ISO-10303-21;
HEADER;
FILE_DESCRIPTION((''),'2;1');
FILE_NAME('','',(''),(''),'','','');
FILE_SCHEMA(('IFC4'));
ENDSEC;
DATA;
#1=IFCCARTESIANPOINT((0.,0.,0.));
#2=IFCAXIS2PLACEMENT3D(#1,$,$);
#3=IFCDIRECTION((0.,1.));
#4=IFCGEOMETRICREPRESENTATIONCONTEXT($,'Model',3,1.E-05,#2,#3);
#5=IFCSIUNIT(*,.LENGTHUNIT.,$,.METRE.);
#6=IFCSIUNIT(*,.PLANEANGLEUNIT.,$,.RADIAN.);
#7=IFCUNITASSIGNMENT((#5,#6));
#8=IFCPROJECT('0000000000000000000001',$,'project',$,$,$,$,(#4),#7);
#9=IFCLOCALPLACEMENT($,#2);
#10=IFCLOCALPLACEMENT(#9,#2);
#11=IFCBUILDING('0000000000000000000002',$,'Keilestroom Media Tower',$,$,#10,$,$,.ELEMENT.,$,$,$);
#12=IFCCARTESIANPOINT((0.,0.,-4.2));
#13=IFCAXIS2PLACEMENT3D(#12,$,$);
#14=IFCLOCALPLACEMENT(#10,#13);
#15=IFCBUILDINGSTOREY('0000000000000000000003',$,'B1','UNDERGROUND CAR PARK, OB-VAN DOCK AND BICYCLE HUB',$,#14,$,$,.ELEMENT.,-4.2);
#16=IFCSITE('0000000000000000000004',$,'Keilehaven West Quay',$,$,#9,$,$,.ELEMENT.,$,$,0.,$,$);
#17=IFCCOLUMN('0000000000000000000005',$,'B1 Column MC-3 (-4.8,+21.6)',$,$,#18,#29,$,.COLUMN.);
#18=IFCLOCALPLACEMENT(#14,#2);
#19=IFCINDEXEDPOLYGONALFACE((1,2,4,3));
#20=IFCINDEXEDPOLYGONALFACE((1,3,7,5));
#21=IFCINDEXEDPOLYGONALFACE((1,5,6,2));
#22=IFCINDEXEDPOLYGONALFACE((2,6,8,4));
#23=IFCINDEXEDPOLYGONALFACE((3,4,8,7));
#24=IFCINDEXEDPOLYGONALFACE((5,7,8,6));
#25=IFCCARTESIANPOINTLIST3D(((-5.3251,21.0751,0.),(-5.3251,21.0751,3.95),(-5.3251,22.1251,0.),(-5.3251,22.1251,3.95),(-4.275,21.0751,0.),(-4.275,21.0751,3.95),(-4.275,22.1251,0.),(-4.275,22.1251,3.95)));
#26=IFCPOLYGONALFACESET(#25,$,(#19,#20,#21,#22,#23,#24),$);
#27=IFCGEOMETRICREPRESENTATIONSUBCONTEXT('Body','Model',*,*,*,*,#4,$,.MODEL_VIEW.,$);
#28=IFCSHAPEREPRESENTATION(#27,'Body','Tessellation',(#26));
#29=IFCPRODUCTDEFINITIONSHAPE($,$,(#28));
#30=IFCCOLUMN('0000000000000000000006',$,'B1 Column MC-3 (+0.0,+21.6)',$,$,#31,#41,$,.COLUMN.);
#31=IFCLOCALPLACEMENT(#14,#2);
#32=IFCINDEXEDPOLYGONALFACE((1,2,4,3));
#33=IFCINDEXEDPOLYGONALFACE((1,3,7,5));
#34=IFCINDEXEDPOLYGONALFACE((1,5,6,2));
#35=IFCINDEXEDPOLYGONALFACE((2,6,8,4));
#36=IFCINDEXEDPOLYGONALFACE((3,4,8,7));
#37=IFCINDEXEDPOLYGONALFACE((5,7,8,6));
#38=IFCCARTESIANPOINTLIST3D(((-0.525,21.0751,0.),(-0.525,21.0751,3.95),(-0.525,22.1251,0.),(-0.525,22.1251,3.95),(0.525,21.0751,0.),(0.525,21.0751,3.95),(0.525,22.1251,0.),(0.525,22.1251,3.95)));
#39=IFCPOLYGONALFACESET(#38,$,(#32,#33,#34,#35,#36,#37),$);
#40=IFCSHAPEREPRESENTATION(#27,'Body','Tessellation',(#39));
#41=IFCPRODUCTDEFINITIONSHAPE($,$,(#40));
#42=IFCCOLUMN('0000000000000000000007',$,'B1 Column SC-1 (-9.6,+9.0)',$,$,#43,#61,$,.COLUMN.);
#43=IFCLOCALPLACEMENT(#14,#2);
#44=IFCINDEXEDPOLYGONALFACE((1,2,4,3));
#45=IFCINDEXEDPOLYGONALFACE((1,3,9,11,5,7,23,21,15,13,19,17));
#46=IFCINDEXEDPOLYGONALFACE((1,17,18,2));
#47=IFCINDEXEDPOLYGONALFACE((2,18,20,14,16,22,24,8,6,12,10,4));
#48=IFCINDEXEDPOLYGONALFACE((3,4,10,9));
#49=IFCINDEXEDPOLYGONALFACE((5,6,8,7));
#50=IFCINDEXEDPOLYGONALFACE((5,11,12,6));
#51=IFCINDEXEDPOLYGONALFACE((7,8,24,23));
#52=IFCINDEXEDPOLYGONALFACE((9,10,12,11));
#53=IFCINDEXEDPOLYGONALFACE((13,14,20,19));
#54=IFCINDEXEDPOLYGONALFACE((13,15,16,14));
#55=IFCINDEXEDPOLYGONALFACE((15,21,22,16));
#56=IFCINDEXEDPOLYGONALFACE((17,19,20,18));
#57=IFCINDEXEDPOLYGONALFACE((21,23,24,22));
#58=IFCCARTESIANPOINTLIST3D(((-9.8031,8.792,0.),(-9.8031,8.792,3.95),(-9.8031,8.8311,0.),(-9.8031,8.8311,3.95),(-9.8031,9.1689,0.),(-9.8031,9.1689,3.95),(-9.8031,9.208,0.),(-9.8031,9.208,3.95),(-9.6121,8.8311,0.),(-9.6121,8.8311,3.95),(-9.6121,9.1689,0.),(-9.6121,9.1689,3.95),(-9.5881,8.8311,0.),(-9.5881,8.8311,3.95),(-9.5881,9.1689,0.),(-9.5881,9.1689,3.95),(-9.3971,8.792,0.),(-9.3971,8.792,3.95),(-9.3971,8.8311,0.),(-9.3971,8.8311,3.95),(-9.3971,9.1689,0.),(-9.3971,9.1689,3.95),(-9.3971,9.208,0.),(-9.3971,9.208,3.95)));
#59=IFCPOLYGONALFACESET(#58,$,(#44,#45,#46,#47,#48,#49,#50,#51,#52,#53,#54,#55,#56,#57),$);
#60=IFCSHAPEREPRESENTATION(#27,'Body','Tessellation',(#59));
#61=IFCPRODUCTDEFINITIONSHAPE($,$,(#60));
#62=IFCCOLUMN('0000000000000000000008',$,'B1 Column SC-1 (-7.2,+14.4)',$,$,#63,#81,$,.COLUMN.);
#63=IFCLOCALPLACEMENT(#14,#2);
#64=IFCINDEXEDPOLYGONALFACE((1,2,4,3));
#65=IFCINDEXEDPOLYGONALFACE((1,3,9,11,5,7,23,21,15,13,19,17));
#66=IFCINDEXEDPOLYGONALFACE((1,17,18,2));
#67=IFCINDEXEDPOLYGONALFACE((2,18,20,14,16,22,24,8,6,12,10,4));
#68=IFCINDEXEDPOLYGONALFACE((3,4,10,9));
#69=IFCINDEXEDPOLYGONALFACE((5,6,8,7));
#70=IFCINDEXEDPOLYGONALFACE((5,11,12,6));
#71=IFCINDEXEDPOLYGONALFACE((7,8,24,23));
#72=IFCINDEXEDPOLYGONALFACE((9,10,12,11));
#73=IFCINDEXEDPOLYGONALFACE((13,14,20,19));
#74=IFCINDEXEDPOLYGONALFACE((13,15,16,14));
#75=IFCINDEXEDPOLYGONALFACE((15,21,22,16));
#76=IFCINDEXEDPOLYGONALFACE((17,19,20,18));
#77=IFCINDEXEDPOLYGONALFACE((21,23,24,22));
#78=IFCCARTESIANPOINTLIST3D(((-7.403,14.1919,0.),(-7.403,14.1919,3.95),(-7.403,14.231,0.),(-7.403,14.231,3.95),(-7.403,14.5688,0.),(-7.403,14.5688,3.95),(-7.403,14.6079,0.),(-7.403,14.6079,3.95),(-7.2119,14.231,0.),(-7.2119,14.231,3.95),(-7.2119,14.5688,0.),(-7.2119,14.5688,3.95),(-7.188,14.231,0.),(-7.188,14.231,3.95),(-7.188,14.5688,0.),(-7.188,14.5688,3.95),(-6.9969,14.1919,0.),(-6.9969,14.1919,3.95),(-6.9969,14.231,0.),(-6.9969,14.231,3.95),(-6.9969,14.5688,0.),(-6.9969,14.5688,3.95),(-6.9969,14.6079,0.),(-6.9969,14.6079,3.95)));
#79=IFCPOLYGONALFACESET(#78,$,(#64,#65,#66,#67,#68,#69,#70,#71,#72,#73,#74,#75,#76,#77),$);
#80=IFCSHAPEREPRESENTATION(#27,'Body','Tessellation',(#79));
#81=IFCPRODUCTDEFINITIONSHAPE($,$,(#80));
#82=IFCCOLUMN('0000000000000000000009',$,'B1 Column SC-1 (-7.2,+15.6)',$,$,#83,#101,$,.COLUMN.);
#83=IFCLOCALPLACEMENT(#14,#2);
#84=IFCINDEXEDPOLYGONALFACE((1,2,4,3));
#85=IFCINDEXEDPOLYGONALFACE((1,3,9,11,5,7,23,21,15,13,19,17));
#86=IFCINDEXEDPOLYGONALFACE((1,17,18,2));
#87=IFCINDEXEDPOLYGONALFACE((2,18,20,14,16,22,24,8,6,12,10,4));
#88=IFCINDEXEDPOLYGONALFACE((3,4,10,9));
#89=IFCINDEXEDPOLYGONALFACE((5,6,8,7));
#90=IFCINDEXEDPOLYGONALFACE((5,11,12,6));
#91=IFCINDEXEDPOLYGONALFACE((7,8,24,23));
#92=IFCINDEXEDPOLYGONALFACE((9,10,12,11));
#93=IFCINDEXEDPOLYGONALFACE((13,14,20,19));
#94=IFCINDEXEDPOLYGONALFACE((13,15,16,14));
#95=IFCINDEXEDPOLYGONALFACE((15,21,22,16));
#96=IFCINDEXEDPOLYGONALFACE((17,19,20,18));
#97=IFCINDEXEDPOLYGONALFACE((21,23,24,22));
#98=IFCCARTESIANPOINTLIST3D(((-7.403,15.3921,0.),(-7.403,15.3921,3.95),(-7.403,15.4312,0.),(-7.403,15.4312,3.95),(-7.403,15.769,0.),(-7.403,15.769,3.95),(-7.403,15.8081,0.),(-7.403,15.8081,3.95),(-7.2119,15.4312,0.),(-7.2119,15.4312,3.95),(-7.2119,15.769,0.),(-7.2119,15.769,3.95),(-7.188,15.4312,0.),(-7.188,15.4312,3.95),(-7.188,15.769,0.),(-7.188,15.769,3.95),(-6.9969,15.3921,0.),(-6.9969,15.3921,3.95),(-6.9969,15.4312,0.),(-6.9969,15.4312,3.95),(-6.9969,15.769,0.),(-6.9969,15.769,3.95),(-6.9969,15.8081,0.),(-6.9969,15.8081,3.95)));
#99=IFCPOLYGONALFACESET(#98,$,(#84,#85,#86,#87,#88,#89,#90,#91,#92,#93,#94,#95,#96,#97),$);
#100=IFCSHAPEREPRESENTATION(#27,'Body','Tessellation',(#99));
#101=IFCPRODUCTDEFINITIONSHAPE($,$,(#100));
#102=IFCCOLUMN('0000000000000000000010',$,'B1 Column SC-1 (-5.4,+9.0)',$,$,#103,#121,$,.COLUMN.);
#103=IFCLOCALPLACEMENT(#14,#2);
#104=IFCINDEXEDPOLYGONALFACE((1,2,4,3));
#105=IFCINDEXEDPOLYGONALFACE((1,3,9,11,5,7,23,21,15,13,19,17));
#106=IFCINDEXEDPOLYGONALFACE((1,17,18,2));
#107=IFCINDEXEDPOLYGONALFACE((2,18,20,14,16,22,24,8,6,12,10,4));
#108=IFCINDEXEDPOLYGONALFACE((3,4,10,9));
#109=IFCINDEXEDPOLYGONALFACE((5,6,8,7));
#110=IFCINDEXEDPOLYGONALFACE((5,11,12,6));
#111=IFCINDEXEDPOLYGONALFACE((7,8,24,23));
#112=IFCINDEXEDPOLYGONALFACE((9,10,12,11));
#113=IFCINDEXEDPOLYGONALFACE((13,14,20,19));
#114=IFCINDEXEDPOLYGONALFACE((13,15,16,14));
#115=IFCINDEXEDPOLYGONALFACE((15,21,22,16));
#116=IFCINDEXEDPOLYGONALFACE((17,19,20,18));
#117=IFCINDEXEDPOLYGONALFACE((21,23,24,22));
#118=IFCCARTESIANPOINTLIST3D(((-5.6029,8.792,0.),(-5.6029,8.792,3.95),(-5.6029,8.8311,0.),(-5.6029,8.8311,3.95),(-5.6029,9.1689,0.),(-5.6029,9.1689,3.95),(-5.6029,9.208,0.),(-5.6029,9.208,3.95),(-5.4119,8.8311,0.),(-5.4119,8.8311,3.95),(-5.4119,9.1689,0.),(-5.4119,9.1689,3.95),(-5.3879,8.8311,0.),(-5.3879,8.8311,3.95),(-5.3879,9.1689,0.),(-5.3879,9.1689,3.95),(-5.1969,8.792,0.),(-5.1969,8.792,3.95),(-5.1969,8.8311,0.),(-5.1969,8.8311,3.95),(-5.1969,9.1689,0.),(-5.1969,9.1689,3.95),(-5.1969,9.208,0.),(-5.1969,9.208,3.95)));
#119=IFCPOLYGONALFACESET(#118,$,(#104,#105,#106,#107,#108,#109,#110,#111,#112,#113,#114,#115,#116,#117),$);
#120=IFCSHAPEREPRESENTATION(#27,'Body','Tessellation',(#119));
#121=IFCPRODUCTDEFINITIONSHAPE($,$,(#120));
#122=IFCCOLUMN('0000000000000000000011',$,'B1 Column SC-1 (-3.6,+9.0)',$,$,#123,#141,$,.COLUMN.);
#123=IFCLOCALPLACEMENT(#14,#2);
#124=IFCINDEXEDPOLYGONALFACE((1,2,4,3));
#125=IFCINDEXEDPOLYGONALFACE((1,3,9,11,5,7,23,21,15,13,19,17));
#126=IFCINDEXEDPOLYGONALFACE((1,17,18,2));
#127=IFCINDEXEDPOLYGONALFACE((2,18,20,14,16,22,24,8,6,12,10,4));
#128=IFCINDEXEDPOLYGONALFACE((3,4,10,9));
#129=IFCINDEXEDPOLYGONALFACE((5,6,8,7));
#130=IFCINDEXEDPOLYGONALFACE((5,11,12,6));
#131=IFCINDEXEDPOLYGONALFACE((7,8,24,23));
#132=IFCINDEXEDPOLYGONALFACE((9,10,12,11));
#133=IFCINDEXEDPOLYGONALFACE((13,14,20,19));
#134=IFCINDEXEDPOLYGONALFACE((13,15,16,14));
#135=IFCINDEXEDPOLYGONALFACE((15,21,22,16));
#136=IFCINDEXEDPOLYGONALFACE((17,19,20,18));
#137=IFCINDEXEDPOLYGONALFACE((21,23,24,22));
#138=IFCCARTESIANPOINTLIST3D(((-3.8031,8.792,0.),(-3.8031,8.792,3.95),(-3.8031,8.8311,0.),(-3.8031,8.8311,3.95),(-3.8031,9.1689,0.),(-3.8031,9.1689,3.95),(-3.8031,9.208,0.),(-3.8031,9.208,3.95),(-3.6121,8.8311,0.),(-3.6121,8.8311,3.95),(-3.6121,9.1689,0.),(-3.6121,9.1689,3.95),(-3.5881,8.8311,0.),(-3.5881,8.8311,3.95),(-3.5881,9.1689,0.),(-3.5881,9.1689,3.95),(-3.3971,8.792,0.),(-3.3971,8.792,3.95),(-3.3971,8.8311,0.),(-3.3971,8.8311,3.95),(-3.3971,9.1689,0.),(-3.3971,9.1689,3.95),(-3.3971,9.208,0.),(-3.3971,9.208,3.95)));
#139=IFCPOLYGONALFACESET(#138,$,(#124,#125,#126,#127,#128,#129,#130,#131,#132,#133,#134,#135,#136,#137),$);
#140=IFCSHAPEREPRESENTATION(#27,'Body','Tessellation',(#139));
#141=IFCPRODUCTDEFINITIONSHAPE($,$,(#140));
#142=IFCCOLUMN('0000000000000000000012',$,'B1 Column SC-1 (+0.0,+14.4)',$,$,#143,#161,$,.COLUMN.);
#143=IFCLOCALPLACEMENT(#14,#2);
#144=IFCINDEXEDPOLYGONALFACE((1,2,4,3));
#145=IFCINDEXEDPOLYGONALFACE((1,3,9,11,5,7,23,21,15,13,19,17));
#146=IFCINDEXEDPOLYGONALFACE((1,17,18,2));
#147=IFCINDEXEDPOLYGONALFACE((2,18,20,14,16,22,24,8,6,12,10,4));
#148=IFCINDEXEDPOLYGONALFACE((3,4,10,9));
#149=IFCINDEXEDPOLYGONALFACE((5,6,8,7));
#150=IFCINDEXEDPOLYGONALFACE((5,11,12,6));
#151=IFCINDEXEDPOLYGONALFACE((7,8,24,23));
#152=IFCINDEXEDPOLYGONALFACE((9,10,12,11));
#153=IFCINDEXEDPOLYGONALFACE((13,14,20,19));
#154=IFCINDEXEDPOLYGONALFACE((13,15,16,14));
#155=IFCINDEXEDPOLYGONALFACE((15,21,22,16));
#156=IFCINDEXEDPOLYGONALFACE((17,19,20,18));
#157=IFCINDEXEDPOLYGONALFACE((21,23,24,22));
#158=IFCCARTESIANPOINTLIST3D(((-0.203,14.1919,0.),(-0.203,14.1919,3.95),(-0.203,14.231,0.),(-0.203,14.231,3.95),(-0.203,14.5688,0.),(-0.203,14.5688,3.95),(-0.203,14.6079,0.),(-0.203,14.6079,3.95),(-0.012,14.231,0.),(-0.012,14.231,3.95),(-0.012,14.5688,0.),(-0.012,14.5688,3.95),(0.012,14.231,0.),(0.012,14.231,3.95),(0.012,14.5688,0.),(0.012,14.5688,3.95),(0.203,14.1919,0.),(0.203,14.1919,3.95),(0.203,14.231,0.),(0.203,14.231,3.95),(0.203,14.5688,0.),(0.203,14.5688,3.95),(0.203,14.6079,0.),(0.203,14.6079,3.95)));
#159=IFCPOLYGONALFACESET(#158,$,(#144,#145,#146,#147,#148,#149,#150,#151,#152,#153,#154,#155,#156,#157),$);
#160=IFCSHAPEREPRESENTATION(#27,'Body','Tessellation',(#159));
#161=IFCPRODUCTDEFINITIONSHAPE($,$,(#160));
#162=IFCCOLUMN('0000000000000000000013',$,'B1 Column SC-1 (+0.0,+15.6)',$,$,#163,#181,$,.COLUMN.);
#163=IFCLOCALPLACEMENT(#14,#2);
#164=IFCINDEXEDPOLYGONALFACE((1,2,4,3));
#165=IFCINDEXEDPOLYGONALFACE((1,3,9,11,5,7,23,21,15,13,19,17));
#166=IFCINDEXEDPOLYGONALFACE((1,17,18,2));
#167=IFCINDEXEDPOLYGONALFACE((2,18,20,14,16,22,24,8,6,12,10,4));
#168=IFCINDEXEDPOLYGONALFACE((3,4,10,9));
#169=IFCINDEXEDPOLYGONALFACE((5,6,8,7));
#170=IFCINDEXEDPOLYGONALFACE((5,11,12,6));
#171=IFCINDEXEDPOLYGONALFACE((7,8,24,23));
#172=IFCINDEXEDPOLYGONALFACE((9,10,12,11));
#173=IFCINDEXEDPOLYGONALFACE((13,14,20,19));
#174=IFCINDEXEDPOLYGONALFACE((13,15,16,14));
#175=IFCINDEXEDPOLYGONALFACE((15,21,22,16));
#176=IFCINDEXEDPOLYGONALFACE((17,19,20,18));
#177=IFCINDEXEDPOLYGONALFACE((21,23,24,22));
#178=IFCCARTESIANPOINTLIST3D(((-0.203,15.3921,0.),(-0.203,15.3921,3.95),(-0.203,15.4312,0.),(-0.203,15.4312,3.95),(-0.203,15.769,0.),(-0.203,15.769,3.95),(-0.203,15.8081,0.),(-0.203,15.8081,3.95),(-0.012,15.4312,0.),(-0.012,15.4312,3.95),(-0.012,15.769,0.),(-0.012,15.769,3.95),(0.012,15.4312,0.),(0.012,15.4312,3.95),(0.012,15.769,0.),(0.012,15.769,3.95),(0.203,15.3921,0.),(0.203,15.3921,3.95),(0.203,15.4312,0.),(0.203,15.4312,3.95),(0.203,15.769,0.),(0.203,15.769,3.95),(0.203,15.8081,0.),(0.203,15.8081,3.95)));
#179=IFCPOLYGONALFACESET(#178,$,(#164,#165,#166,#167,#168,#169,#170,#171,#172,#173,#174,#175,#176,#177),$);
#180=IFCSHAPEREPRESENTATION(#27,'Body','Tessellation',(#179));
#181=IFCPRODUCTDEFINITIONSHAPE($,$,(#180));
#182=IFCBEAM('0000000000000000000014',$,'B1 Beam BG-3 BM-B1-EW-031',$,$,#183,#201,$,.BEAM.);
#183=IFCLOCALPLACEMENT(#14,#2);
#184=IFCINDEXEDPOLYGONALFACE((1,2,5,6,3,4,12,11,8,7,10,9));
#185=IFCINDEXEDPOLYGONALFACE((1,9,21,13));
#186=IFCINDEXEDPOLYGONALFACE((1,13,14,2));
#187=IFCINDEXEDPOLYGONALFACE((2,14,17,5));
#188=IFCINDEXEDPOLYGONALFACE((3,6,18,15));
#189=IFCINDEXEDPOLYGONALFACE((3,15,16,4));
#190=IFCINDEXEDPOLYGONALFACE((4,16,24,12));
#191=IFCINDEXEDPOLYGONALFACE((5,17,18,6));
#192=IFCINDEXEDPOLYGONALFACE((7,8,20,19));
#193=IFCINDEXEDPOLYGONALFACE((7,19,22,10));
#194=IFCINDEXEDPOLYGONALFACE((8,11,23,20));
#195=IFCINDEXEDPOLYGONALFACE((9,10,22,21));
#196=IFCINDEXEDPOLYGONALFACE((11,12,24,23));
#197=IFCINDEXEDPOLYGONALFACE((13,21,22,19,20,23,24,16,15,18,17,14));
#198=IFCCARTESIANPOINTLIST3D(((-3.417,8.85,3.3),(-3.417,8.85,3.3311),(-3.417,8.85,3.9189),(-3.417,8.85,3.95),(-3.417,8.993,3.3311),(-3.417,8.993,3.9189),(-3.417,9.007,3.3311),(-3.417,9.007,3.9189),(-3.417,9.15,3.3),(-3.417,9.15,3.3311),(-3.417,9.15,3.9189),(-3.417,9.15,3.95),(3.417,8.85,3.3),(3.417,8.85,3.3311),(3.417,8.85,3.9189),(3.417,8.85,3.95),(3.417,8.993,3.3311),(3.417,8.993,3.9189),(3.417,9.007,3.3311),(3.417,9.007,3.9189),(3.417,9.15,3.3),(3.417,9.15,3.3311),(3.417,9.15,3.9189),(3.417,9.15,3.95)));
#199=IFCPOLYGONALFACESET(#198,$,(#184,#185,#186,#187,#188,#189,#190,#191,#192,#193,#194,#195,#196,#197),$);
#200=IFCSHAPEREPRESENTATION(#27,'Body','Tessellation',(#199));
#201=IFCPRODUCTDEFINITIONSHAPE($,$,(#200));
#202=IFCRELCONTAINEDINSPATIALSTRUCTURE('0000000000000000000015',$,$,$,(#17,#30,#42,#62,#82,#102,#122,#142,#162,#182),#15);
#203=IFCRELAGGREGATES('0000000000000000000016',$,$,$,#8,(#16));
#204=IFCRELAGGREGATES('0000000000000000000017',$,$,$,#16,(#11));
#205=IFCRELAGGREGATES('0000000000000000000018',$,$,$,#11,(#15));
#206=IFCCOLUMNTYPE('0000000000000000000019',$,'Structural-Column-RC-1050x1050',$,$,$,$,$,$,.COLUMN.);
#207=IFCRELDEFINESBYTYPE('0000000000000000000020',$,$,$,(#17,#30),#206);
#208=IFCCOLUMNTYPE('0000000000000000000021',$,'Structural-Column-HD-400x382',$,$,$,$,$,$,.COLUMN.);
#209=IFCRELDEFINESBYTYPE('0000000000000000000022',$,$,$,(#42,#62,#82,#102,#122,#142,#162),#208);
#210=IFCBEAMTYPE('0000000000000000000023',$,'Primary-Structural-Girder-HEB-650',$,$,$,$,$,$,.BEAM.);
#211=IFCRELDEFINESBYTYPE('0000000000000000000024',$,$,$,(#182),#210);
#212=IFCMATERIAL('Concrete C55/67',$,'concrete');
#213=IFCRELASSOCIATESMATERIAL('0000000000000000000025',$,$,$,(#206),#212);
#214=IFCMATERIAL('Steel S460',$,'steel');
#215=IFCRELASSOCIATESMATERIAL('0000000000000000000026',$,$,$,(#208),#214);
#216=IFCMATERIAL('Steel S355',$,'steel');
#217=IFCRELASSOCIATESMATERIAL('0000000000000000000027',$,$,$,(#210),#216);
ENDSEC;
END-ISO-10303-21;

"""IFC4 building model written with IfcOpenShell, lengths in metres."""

from ifc_helpers import new_model, si_unit, direction, frame, origin, origin_2d, place, context, subcontext, project, spatial, rectangle, i_section, extrude, source, transform, mapped, material, material_profile, profile_set, type_object, element, save


model = new_model("IFC4")

# Units and contexts
model_context = context("Model", 3, precision=1e-05, world=origin(), true_north=direction((0.0, 1.0)))
body_context = subcontext(model_context, "Body", "Model", "MODEL_VIEW")
ifc_project = project(units=[si_unit("LENGTHUNIT", "METRE"), si_unit("PLANEANGLEUNIT", "RADIAN")], contexts=[model_context])

# Site, building, storey
site_placement = place(None, origin())
site = spatial("IfcSite", under=ifc_project, at=site_placement, Name="Keilehaven West Quay", CompositionType="ELEMENT", RefElevation=0.0)
building_placement = place(site_placement, origin())
building = spatial("IfcBuilding", under=site, at=building_placement, Name="Keilestroom Media Tower", CompositionType="ELEMENT")
storey_placement = place(building_placement, frame((0.0, 0.0, -4.2)))
storey = spatial("IfcBuildingStorey", under=building, at=storey_placement, Name="B1", Description="UNDERGROUND CAR PARK, OB-VAN DOCK AND BICYCLE HUB", CompositionType="ELEMENT", Elevation=-4.2)

# Columns
ifc_material_1 = material(Name="Concrete C55/67", Category="concrete")
ifc_material_profile_1 = material_profile(ifc_material_1, rectangle(XDim=1.05, YDim=1.05, at=origin_2d()), Name="RC 1050x1050")
ifc_profile_set_1 = profile_set([ifc_material_profile_1], Name="Concrete C55/67")
column_type_1 = type_object("IfcColumnType", Name="Structural-Column-RC-1050x1050", PredefinedType="COLUMN", material=ifc_profile_set_1)
shared_shape_1 = source(origin(), body_context, "Body", "SweptSolid", [
    extrude(rectangle(XDim=1.05, YDim=1.05, at=origin_2d()), origin(), (0.0, 0.0, 1.0), 3.95),
])
for number, where, z_axis, x_axis, name in (
    (1, (-4.8, 21.6001, 0.0), (0.0, 0.0, 1.0), (1.0, 0.0, 0.0), "B1 Column MC-3 (-4.8,+21.6)"),
    (2, (0.0, 21.6001, 0.0), (0.0, 0.0, 1.0), (1.0, 0.0, 0.0), "B1 Column MC-3 (+0.0,+21.6)"),
):
    element("IfcColumn", number, at=place(storey_placement, frame(where, z_axis=z_axis, x_axis=x_axis)), inside=storey, type_object=column_type_1, Name=name, PredefinedType="COLUMN", context=body_context, shape_type="MappedRepresentation", body=[
        mapped(shared_shape_1, transform((0.0, 0.0, 0.0), x_axis=(1.0, 0.0, 0.0), y_axis=(0.0, 1.0, 0.0), z_axis=(0.0, 0.0, 1.0), scale=1.0)),
    ])
ifc_material_2 = material(Name="Steel S460", Category="steel")
ifc_material_profile_2 = material_profile(ifc_material_2, i_section(OverallWidth=0.406, OverallDepth=0.416, WebThickness=0.0239, FlangeThickness=0.0391, at=origin_2d()), Name="HD 400x382")
ifc_profile_set_2 = profile_set([ifc_material_profile_2], Name="Steel S460")
column_type_2 = type_object("IfcColumnType", Name="Structural-Column-HD-400x382", PredefinedType="COLUMN", material=ifc_profile_set_2)
shared_shape_2 = source(origin(), body_context, "Body", "SweptSolid", [
    extrude(i_section(OverallWidth=0.406, OverallDepth=0.416, WebThickness=0.0239, FlangeThickness=0.0391, at=origin_2d()), origin(), (0.0, 0.0, 1.0), 3.95),
])
for number, where, z_axis, x_axis, name in (
    (3, (-9.6001, 9.0, 0.0), (0.0, 0.0, 1.0), (1.0, 0.0, 0.0), "B1 Column SC-1 (-9.6,+9.0)"),
    (4, (-7.2, 14.3999, 0.0), (0.0, 0.0, 1.0), (1.0, 0.0, 0.0), "B1 Column SC-1 (-7.2,+14.4)"),
    (5, (-7.2, 15.6001, 0.0), (0.0, 0.0, 1.0), (1.0, 0.0, 0.0), "B1 Column SC-1 (-7.2,+15.6)"),
    (6, (-5.3999, 9.0, 0.0), (0.0, 0.0, 1.0), (1.0, 0.0, 0.0), "B1 Column SC-1 (-5.4,+9.0)"),
    (7, (-3.6001, 9.0, 0.0), (0.0, 0.0, 1.0), (1.0, 0.0, 0.0), "B1 Column SC-1 (-3.6,+9.0)"),
    (8, (0.0, 14.3999, 0.0), (0.0, 0.0, 1.0), (1.0, 0.0, 0.0), "B1 Column SC-1 (+0.0,+14.4)"),
    (9, (0.0, 15.6001, 0.0), (0.0, 0.0, 1.0), (1.0, 0.0, 0.0), "B1 Column SC-1 (+0.0,+15.6)"),
):
    element("IfcColumn", number, at=place(storey_placement, frame(where, z_axis=z_axis, x_axis=x_axis)), inside=storey, type_object=column_type_2, Name=name, PredefinedType="COLUMN", context=body_context, shape_type="MappedRepresentation", body=[
        mapped(shared_shape_2, transform((0.0, 0.0, 0.0), x_axis=(1.0, 0.0, 0.0), y_axis=(0.0, 1.0, 0.0), z_axis=(0.0, 0.0, 1.0), scale=1.0)),
    ])

# Beam
ifc_material_3 = material(Name="Steel S355", Category="steel")
ifc_material_profile_3 = material_profile(ifc_material_3, i_section(OverallWidth=0.3, OverallDepth=0.6499, WebThickness=0.0139, FlangeThickness=0.031, at=origin_2d()), Name="HEB 650")
ifc_profile_set_3 = profile_set([ifc_material_profile_3], Name="Steel S355")
beam_type = type_object("IfcBeamType", Name="Primary-Structural-Girder-HEB-650", PredefinedType="BEAM", material=ifc_profile_set_3)
shared_shape_3 = source(origin(), body_context, "Body", "SweptSolid", [
    extrude(i_section(OverallWidth=0.3, OverallDepth=0.6499, WebThickness=0.0139, FlangeThickness=0.031, at=origin_2d()), origin(), (0.0, 0.0, 1.0), 6.834),
])
for number, where, z_axis, x_axis, name in (
    (10, (-3.417, 9.0, 3.625), (1.0, 0.0, 0.0), (0.0, 1.0, 0.0), "B1 Beam BG-3 BM-B1-EW-031"),
):
    element("IfcBeam", number, at=place(storey_placement, frame(where, z_axis=z_axis, x_axis=x_axis)), inside=storey, type_object=beam_type, Name=name, PredefinedType="BEAM", context=body_context, shape_type="MappedRepresentation", body=[
        mapped(shared_shape_3, transform((0.0, 0.0, 0.0), x_axis=(1.0, 0.0, 0.0), y_axis=(0.0, 1.0, 0.0), z_axis=(0.0, 0.0, 1.0), scale=1.0)),
    ])

save(model, "model.ifc")
